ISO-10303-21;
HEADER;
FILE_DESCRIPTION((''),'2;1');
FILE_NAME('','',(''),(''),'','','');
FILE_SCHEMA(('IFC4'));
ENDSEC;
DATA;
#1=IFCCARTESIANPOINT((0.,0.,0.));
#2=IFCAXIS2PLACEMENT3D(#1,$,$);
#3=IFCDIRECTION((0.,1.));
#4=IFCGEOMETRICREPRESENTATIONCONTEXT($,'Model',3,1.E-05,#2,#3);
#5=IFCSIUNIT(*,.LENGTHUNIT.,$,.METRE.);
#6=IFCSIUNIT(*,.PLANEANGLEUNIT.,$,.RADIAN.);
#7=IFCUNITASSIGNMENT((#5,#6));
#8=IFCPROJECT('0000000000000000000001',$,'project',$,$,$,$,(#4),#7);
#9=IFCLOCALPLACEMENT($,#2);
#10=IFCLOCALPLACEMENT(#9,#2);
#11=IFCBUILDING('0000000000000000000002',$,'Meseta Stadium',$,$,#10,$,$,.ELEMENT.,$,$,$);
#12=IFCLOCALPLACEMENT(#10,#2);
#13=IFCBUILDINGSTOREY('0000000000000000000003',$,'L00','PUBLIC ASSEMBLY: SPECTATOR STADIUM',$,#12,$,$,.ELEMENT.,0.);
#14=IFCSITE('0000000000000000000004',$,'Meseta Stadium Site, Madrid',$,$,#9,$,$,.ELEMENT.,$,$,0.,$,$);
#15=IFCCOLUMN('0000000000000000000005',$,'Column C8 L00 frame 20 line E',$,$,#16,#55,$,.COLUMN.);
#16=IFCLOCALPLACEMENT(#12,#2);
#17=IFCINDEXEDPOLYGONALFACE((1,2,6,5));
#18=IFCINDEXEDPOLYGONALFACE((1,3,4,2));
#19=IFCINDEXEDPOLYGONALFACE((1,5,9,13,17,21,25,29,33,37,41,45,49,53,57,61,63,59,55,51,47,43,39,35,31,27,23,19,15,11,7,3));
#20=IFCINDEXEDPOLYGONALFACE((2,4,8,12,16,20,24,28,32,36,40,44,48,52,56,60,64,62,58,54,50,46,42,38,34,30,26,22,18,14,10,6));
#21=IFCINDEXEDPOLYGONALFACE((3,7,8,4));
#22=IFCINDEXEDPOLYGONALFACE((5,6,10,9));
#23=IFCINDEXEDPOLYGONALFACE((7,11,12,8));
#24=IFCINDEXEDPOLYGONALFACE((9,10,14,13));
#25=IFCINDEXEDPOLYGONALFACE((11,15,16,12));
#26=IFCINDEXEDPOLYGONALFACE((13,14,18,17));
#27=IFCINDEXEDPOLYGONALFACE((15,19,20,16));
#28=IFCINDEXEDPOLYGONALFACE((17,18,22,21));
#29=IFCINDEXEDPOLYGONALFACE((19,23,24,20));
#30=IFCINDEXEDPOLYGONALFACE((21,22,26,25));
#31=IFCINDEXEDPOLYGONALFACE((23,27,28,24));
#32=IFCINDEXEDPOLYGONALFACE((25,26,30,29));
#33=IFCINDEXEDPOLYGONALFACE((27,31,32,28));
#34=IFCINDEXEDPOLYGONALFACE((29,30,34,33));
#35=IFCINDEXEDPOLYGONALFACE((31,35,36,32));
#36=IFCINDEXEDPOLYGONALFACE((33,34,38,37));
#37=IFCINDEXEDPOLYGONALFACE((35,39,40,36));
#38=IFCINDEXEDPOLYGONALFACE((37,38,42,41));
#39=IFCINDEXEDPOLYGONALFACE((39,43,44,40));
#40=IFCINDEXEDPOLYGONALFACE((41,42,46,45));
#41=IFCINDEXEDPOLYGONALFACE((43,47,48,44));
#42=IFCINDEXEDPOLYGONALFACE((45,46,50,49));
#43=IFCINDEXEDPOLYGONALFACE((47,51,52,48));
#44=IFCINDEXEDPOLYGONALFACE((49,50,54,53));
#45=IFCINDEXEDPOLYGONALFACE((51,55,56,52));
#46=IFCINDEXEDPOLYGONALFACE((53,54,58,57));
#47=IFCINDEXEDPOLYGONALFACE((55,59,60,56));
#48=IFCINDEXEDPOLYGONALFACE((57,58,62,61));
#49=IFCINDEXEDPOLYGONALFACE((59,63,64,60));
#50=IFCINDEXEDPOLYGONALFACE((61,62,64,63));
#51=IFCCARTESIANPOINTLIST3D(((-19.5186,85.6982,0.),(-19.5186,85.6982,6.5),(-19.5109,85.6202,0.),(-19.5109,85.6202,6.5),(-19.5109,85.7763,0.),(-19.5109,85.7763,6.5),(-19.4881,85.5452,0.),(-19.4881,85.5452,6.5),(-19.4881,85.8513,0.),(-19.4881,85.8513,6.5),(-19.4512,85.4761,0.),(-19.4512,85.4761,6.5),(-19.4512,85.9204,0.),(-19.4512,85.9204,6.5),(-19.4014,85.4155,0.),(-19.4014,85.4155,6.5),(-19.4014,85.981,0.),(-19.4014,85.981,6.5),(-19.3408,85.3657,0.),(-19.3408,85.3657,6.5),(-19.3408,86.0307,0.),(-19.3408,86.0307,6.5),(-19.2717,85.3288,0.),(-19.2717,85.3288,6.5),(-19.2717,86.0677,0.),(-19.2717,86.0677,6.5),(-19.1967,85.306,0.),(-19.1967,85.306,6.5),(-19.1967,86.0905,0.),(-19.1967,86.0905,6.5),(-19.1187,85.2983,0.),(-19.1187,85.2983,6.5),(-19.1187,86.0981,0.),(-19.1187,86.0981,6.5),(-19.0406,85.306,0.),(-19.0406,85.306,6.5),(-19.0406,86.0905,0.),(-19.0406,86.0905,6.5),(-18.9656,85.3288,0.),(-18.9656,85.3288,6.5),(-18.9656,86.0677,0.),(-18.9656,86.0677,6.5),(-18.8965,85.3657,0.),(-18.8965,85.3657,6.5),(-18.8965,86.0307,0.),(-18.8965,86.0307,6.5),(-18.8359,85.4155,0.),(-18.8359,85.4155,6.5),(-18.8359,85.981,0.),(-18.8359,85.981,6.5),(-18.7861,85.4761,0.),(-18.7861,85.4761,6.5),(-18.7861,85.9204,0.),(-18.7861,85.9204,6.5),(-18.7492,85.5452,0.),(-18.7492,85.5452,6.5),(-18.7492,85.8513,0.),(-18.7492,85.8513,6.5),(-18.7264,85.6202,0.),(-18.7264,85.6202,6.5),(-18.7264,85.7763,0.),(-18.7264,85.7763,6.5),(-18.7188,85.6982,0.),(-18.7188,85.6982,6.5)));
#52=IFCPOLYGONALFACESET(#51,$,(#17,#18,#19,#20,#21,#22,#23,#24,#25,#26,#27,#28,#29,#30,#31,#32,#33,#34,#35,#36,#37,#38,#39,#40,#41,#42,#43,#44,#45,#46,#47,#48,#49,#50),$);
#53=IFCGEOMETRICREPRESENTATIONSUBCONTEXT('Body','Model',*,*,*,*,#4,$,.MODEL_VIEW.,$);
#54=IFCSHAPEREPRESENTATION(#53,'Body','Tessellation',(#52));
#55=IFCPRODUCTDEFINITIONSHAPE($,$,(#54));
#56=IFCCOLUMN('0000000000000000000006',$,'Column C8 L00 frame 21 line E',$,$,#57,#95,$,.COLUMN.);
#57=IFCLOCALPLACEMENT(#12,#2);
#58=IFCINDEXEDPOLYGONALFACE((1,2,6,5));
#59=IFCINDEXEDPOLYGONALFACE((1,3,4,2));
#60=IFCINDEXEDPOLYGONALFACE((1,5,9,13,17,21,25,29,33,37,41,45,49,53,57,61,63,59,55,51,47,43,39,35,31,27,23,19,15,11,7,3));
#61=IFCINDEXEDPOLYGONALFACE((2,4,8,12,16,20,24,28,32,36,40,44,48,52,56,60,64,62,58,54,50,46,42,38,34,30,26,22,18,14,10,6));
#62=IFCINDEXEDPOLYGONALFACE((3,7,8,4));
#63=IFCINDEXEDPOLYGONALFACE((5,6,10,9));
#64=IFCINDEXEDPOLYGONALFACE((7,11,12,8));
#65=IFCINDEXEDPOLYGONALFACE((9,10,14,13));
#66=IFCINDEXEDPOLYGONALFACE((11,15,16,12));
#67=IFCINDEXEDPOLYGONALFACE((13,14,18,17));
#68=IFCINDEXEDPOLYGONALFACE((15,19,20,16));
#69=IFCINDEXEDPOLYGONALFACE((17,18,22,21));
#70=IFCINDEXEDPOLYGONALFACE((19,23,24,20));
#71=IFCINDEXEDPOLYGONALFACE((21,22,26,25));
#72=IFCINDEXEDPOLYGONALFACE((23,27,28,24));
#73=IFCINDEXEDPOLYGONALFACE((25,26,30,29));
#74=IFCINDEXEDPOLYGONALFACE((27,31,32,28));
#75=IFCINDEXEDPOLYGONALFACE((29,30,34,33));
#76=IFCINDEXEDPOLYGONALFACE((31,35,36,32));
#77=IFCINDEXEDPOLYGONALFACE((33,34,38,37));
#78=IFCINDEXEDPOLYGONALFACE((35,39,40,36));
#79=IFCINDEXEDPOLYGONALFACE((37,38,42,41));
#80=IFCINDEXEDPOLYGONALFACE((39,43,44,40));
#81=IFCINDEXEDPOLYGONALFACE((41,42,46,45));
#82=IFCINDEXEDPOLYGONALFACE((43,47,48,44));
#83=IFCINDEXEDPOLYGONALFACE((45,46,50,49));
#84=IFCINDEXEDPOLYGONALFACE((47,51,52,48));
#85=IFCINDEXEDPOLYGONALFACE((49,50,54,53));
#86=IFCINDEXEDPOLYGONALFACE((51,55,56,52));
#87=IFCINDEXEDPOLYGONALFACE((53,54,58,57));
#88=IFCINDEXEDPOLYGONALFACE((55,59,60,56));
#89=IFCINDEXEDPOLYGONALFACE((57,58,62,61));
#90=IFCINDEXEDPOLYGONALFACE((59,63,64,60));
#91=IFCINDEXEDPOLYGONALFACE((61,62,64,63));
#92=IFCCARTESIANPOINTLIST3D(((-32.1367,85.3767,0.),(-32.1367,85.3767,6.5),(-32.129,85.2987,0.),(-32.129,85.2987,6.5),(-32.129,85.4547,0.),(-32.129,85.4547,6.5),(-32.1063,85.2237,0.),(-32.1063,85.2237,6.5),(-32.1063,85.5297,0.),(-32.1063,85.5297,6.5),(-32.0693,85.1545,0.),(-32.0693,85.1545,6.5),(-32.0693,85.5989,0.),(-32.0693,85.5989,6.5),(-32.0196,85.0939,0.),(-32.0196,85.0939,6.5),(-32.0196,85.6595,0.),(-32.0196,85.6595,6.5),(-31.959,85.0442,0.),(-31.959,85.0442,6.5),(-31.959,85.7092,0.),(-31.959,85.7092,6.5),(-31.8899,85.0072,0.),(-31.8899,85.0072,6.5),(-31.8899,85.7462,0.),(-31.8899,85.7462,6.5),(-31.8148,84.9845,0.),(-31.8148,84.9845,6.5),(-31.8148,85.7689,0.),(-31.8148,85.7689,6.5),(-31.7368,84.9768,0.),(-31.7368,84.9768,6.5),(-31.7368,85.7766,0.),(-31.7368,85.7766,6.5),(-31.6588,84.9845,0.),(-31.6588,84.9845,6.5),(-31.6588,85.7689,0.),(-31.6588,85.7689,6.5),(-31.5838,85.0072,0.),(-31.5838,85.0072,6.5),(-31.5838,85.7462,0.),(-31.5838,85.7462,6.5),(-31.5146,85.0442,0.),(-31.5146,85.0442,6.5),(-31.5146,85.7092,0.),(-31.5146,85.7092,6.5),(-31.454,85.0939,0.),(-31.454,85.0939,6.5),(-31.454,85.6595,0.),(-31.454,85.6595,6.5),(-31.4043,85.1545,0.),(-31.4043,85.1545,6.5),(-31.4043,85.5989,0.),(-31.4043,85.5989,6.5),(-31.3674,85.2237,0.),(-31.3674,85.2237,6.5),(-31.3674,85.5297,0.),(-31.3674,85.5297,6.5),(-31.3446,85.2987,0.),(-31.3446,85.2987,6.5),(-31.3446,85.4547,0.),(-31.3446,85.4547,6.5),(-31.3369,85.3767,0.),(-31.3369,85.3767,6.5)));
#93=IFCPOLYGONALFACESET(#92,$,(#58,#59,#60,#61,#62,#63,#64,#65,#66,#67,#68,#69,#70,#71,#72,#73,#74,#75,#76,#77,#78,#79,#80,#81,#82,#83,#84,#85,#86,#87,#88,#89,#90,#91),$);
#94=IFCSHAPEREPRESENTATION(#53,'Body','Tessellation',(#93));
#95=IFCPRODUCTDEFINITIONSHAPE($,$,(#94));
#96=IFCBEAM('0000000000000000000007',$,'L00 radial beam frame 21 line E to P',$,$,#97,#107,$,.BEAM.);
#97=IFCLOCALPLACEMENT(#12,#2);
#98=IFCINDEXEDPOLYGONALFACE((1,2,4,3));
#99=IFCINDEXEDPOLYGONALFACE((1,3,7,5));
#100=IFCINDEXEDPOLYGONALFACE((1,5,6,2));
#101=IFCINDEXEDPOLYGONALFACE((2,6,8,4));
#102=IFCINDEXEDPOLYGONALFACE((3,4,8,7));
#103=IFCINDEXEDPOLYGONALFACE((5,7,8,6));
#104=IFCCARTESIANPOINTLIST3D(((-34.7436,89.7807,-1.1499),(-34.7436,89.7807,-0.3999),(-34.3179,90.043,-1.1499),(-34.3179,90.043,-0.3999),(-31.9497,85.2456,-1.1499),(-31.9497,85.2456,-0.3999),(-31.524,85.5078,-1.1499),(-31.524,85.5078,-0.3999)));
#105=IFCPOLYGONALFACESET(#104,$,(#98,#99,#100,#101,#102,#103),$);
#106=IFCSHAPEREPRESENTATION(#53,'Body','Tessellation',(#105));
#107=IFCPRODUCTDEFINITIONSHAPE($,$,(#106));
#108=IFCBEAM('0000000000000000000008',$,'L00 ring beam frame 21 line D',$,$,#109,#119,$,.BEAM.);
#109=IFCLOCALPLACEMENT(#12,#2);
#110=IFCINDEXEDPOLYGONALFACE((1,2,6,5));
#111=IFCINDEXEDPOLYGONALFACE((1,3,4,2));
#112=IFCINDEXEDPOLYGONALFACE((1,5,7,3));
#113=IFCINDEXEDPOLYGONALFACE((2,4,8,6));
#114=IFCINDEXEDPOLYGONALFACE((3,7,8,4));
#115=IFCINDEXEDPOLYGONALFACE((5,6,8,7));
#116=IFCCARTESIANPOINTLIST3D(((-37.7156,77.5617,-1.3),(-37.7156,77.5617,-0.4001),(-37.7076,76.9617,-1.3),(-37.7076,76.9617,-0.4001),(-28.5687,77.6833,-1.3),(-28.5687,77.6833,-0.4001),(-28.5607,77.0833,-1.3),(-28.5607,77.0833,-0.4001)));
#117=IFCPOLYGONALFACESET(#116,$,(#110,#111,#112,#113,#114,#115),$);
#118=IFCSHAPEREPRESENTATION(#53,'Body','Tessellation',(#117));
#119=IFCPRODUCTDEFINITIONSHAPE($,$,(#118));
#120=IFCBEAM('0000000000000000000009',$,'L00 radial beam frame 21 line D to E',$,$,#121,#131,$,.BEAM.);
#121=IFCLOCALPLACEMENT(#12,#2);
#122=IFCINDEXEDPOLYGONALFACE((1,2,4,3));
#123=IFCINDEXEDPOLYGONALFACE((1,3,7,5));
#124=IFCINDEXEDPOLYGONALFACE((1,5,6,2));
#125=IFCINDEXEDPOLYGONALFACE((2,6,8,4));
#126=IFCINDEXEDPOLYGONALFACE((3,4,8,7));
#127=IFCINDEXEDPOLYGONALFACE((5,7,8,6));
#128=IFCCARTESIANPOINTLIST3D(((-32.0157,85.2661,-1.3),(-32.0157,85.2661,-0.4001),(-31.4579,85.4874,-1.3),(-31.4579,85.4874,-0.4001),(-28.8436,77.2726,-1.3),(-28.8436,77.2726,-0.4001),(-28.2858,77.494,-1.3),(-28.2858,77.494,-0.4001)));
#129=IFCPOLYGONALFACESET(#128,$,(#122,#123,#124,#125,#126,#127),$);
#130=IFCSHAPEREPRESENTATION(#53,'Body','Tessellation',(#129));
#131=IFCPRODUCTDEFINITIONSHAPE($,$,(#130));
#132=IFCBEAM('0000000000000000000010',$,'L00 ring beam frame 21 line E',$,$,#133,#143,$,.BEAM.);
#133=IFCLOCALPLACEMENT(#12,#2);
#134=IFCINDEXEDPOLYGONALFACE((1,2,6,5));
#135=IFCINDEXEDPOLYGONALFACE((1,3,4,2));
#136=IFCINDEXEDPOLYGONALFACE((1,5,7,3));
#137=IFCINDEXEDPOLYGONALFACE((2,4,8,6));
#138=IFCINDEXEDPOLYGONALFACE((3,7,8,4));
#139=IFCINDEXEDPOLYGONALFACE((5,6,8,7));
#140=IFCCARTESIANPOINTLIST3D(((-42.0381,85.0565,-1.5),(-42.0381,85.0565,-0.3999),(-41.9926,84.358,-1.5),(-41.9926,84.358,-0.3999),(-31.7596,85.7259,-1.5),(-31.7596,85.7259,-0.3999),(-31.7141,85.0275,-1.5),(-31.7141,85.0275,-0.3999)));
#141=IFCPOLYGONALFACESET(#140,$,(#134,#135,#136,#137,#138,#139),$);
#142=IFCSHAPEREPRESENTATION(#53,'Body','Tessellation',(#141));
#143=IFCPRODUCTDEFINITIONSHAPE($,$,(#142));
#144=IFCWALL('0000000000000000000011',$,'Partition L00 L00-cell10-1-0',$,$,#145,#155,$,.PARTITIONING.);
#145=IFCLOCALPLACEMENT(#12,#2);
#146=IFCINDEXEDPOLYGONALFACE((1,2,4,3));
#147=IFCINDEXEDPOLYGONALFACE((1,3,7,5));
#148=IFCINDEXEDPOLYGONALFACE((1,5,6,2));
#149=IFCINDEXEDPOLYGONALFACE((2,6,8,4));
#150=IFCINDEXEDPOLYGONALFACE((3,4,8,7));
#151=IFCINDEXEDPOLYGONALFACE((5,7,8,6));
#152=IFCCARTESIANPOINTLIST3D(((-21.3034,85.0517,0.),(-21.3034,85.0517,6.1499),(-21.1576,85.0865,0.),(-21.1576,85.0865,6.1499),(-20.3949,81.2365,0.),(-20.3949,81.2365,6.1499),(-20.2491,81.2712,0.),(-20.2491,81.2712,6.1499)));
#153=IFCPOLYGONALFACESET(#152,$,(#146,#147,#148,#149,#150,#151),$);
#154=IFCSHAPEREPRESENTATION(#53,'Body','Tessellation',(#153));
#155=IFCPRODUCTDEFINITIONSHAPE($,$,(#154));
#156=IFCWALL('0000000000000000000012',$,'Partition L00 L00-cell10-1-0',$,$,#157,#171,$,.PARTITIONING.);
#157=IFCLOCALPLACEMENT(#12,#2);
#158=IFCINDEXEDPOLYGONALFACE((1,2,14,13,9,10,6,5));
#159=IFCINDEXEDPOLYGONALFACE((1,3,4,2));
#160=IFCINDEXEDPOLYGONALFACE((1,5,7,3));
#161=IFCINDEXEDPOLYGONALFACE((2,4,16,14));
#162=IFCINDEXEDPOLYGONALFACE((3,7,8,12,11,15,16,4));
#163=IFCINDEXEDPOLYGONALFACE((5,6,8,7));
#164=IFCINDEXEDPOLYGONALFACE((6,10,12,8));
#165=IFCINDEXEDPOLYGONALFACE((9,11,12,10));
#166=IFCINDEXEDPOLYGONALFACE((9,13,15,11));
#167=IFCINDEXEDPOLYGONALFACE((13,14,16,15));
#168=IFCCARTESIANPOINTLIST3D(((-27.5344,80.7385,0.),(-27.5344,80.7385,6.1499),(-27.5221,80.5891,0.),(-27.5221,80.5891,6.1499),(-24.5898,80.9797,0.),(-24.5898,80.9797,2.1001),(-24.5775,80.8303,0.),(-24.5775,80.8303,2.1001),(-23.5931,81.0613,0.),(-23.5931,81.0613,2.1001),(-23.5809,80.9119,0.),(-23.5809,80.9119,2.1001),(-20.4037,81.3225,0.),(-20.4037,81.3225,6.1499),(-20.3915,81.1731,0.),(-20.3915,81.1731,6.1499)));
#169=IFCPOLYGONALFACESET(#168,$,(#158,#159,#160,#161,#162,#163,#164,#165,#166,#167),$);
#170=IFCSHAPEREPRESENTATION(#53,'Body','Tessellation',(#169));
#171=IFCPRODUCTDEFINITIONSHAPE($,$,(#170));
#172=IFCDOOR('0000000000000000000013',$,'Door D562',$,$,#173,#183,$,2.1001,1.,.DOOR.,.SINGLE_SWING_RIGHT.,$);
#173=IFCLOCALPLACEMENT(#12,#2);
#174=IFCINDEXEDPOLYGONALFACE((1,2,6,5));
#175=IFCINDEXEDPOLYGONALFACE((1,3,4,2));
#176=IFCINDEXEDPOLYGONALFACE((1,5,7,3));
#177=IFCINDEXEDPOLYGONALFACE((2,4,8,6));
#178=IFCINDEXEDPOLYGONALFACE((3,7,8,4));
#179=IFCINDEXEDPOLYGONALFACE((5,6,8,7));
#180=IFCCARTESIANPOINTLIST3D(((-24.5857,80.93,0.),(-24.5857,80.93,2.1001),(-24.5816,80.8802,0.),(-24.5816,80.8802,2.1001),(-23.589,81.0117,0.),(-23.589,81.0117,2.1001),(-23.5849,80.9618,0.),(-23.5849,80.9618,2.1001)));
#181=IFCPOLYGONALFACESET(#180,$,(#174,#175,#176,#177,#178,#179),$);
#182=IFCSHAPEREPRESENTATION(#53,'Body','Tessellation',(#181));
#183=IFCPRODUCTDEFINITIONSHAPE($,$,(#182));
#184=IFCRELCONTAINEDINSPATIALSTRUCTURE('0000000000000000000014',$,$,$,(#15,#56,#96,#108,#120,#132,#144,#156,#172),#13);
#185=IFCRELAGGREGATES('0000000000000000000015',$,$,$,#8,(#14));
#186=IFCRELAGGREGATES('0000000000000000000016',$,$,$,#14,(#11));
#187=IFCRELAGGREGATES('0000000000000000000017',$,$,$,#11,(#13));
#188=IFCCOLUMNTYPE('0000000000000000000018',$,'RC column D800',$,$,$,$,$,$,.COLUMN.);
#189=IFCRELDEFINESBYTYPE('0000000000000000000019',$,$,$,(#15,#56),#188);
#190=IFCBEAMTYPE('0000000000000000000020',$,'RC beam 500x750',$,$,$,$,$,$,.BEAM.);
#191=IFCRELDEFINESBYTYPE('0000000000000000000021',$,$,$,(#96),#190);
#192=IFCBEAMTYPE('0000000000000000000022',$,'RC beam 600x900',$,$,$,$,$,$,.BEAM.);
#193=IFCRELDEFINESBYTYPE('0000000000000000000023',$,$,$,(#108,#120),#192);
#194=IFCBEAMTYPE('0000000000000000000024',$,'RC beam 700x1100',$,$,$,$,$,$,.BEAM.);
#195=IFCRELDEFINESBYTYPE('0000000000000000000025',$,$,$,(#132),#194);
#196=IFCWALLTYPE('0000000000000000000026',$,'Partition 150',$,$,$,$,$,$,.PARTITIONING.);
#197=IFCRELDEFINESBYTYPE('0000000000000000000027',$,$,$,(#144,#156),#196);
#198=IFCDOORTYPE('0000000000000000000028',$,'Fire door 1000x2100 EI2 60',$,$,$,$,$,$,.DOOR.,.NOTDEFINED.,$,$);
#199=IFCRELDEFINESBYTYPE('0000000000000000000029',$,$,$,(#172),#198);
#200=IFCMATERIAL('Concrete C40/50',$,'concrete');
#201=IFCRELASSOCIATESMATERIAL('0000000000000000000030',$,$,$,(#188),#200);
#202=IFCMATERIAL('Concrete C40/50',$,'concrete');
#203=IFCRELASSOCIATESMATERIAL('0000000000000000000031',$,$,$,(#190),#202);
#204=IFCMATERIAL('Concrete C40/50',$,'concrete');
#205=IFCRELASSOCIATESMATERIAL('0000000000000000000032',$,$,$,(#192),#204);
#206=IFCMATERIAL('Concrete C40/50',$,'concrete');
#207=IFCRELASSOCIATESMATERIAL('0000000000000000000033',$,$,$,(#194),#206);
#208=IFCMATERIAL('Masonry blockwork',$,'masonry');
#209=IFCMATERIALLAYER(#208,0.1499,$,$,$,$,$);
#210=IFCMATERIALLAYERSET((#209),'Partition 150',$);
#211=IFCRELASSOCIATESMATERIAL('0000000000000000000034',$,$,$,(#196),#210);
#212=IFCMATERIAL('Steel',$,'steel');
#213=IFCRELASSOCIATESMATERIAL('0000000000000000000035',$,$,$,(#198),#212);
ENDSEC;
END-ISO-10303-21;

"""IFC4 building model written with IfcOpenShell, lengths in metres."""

from ifc_helpers import new_model, si_unit, direction, frame, frame_2d, origin, origin_2d, place, context, subcontext, project, spatial, rectangle, circle, extrude, material, layer, layer_set, material_profile, profile_set, type_object, element, fill, save


model = new_model("IFC4")

# Units and contexts
model_context = context("Model", 3, precision=1e-05, world=origin(), true_north=direction((0.0, 1.0)))
body_context = subcontext(model_context, "Body", "Model", "MODEL_VIEW")
ifc_project = project(units=[si_unit("LENGTHUNIT", "METRE"), si_unit("PLANEANGLEUNIT", "RADIAN")], contexts=[model_context])

# Site, building, storey
site_placement = place(None, origin())
site = spatial("IfcSite", under=ifc_project, at=site_placement, Name="Meseta Stadium Site, Madrid", CompositionType="ELEMENT", RefElevation=0.0)
building_placement = place(site_placement, origin())
building = spatial("IfcBuilding", under=site, at=building_placement, Name="Meseta Stadium", CompositionType="ELEMENT")
storey_placement = place(building_placement, origin())
storey = spatial("IfcBuildingStorey", under=building, at=storey_placement, Name="L00", Description="PUBLIC ASSEMBLY: SPECTATOR STADIUM", CompositionType="ELEMENT", Elevation=0.0)

# Columns
ifc_material_1 = material(Name="Concrete C40/50", Category="concrete")
ifc_material_profile_1 = material_profile(ifc_material_1, circle(Radius=0.3999, at=origin_2d()), Name="RC D800")
ifc_profile_set_1 = profile_set([ifc_material_profile_1], Name="Concrete C40/50")
column_type = type_object("IfcColumnType", Name="RC column D800", PredefinedType="COLUMN", material=ifc_profile_set_1)
for number, where, z_axis, x_axis, name in (
    (1, (-19.1187, 85.6982, 0.0), (0.0, 0.0, 1.0), (1.0, 0.0, 0.0), "Column C8 L00 frame 20 line E"),
    (2, (-31.7368, 85.3767, 0.0), (0.0, 0.0, 1.0), (1.0, 0.0, 0.0), "Column C8 L00 frame 21 line E"),
):
    element("IfcColumn", number, at=place(storey_placement, frame(where, z_axis=z_axis, x_axis=x_axis)), inside=storey, type_object=column_type, Name=name, PredefinedType="COLUMN", context=body_context, shape_type="SweptSolid", body=[
        extrude(circle(Radius=0.3999, at=origin_2d()), origin(), (0.0, 0.0, 1.0), 6.5),
    ])

# Beams
ifc_material_2 = material(Name="Concrete C40/50", Category="concrete")
ifc_material_profile_2 = material_profile(ifc_material_2, rectangle(XDim=0.5, YDim=0.75, at=origin_2d()), Name="RC 500x750")
ifc_profile_set_2 = profile_set([ifc_material_profile_2], Name="Concrete C40/50")
beam_type_1 = type_object("IfcBeamType", Name="RC beam 500x750", PredefinedType="BEAM", material=ifc_profile_set_2)
beam_1_placement = place(storey_placement, frame((-31.7368, 85.3767, -0.7749), z_axis=(-0.524517, 0.8514, 0.0), x_axis=(-0.8514, -0.524517, 0.0)))
element("IfcBeam", 3, at=beam_1_placement, inside=storey, type_object=beam_type_1, Name="L00 radial beam frame 21 line E to P", PredefinedType="BEAM", context=body_context, shape_type="SweptSolid", body=[
    extrude(rectangle(XDim=0.5, YDim=0.75, at=origin_2d()), origin(), (0.0, 0.0, 1.0), 5.3267),
])
ifc_material_3 = material(Name="Concrete C40/50", Category="concrete")
ifc_material_profile_3 = material_profile(ifc_material_3, rectangle(XDim=0.6001, YDim=0.8999, at=origin_2d()), Name="RC 600x900")
ifc_profile_set_3 = profile_set([ifc_material_profile_3], Name="Concrete C40/50")
beam_type_2 = type_object("IfcBeamType", Name="RC beam 600x900", PredefinedType="BEAM", material=ifc_profile_set_3)
beam_2_placement = place(storey_placement, frame((-28.5647, 77.3833, -0.8501), z_axis=(-0.999912, -0.013291, 0.0), x_axis=(0.013291, -0.999912, 0.0)))
element("IfcBeam", 4, at=beam_2_placement, inside=storey, type_object=beam_type_2, Name="L00 ring beam frame 21 line D", PredefinedType="BEAM", context=body_context, shape_type="SweptSolid", body=[
    extrude(rectangle(XDim=0.6001, YDim=0.8999, at=origin_2d()), origin(), (0.0, 0.0, 1.0), 9.1477),
])
beam_3_placement = place(storey_placement, frame((-28.5647, 77.3833, -0.8501), z_axis=(-0.368859, 0.929485, 0.0), x_axis=(-0.929485, -0.368859, 0.0)))
element("IfcBeam", 5, at=beam_3_placement, inside=storey, type_object=beam_type_2, Name="L00 radial beam frame 21 line D to E", PredefinedType="BEAM", context=body_context, shape_type="SweptSolid", body=[
    extrude(rectangle(XDim=0.6001, YDim=0.8999, at=origin_2d()), origin(), (0.0, 0.0, 1.0), 8.5999),
])
ifc_material_4 = material(Name="Concrete C40/50", Category="concrete")
ifc_material_profile_4 = material_profile(ifc_material_4, rectangle(XDim=0.7, YDim=1.1001, at=origin_2d()), Name="RC 700x1100")
ifc_profile_set_4 = profile_set([ifc_material_profile_4], Name="Concrete C40/50")
beam_type_3 = type_object("IfcBeamType", Name="RC beam 700x1100", PredefinedType="BEAM", material=ifc_profile_set_4)
beam_4_placement = place(storey_placement, frame((-31.7368, 85.3767, -0.95), z_axis=(-0.997886, -0.064991, 0.0), x_axis=(0.064991, -0.997886, 0.0)))
element("IfcBeam", 6, at=beam_4_placement, inside=storey, type_object=beam_type_3, Name="L00 ring beam frame 21 line E", PredefinedType="BEAM", context=body_context, shape_type="SweptSolid", body=[
    extrude(rectangle(XDim=0.7, YDim=1.1001, at=origin_2d()), origin(), (0.0, 0.0, 1.0), 10.3003),
])

# Wall
ifc_material_5 = material(Name="Masonry blockwork", Category="masonry")
ifc_layer = layer(ifc_material_5, 0.1499)
ifc_layer_set = layer_set([ifc_layer], Name="Partition 150")
wall_type = type_object("IfcWallType", Name="Partition 150", PredefinedType="PARTITIONING", material=ifc_layer_set)
wall_1_placement = place(storey_placement, frame((-21.2305, 85.0691, 0.0), z_axis=(0.0, 0.0, 1.0), x_axis=(0.231637, -0.972802, 0.0)))
element("IfcWall", 7, at=wall_1_placement, inside=storey, type_object=wall_type, Name="Partition L00 L00-cell10-1-0", PredefinedType="PARTITIONING", context=body_context, shape_type="SweptSolid", body=[
    extrude(rectangle(XDim=3.9219, YDim=0.1499, at=frame_2d((1.9609, 0.0))), origin(), (0.0, 0.0, 1.0), 6.1499),
])

# Wall, opening, door
wall_2_placement = place(storey_placement, frame((-20.3977, 81.2478, 0.0), z_axis=(0.0, 0.0, 1.0), x_axis=(-0.996663, -0.081625, 0.0)))
wall_2 = element("IfcWall", 8, at=wall_2_placement, inside=storey, type_object=wall_type, Name="Partition L00 L00-cell10-1-0", PredefinedType="PARTITIONING", context=body_context, shape_type="SweptSolid", body=[
    extrude(rectangle(XDim=7.1545, YDim=0.1499, at=frame_2d((3.5771, 0.0))), origin(), (0.0, 0.0, 1.0), 6.1499),
])
opening_1_placement = place(wall_2_placement, frame((3.2, 0.0, 0.0)))
opening_1 = element("IfcOpeningElement", 9, at=opening_1_placement, cuts=wall_2, PredefinedType="OPENING", context=body_context, shape_type="SweptSolid", body=[
    extrude(rectangle(XDim=1.0, YDim=2.1001, at=frame_2d((0.5, 1.05))), frame((0.0, 0.085, 0.0), z_axis=(0.0, -1.0, 0.0), x_axis=(1.0, 0.0, 0.0)), (0.0, 0.0, 1.0), 0.1699),
])
ifc_material_6 = material(Name="Steel", Category="steel")
door_type = type_object("IfcDoorType", Name="Fire door 1000x2100 EI2 60", OperationType="NOTDEFINED", PredefinedType="DOOR", material=ifc_material_6)
door_1_placement = place(opening_1_placement, origin())
door_1 = element("IfcDoor", 10, at=door_1_placement, inside=storey, type_object=door_type, Name="Door D562", OperationType="SINGLE_SWING_RIGHT", OverallHeight=2.1001, OverallWidth=1.0, PredefinedType="DOOR", context=body_context, shape_type="SweptSolid", body=[
    extrude(rectangle(XDim=1.0, YDim=2.1001, at=frame_2d((0.5, 1.05))), frame((0.0, 0.0249, 0.0), z_axis=(0.0, -1.0, 0.0), x_axis=(1.0, 0.0, 0.0)), (0.0, 0.0, 1.0), 0.05),
])
fill(opening_1, door_1)

save(model, "model.ifc")
